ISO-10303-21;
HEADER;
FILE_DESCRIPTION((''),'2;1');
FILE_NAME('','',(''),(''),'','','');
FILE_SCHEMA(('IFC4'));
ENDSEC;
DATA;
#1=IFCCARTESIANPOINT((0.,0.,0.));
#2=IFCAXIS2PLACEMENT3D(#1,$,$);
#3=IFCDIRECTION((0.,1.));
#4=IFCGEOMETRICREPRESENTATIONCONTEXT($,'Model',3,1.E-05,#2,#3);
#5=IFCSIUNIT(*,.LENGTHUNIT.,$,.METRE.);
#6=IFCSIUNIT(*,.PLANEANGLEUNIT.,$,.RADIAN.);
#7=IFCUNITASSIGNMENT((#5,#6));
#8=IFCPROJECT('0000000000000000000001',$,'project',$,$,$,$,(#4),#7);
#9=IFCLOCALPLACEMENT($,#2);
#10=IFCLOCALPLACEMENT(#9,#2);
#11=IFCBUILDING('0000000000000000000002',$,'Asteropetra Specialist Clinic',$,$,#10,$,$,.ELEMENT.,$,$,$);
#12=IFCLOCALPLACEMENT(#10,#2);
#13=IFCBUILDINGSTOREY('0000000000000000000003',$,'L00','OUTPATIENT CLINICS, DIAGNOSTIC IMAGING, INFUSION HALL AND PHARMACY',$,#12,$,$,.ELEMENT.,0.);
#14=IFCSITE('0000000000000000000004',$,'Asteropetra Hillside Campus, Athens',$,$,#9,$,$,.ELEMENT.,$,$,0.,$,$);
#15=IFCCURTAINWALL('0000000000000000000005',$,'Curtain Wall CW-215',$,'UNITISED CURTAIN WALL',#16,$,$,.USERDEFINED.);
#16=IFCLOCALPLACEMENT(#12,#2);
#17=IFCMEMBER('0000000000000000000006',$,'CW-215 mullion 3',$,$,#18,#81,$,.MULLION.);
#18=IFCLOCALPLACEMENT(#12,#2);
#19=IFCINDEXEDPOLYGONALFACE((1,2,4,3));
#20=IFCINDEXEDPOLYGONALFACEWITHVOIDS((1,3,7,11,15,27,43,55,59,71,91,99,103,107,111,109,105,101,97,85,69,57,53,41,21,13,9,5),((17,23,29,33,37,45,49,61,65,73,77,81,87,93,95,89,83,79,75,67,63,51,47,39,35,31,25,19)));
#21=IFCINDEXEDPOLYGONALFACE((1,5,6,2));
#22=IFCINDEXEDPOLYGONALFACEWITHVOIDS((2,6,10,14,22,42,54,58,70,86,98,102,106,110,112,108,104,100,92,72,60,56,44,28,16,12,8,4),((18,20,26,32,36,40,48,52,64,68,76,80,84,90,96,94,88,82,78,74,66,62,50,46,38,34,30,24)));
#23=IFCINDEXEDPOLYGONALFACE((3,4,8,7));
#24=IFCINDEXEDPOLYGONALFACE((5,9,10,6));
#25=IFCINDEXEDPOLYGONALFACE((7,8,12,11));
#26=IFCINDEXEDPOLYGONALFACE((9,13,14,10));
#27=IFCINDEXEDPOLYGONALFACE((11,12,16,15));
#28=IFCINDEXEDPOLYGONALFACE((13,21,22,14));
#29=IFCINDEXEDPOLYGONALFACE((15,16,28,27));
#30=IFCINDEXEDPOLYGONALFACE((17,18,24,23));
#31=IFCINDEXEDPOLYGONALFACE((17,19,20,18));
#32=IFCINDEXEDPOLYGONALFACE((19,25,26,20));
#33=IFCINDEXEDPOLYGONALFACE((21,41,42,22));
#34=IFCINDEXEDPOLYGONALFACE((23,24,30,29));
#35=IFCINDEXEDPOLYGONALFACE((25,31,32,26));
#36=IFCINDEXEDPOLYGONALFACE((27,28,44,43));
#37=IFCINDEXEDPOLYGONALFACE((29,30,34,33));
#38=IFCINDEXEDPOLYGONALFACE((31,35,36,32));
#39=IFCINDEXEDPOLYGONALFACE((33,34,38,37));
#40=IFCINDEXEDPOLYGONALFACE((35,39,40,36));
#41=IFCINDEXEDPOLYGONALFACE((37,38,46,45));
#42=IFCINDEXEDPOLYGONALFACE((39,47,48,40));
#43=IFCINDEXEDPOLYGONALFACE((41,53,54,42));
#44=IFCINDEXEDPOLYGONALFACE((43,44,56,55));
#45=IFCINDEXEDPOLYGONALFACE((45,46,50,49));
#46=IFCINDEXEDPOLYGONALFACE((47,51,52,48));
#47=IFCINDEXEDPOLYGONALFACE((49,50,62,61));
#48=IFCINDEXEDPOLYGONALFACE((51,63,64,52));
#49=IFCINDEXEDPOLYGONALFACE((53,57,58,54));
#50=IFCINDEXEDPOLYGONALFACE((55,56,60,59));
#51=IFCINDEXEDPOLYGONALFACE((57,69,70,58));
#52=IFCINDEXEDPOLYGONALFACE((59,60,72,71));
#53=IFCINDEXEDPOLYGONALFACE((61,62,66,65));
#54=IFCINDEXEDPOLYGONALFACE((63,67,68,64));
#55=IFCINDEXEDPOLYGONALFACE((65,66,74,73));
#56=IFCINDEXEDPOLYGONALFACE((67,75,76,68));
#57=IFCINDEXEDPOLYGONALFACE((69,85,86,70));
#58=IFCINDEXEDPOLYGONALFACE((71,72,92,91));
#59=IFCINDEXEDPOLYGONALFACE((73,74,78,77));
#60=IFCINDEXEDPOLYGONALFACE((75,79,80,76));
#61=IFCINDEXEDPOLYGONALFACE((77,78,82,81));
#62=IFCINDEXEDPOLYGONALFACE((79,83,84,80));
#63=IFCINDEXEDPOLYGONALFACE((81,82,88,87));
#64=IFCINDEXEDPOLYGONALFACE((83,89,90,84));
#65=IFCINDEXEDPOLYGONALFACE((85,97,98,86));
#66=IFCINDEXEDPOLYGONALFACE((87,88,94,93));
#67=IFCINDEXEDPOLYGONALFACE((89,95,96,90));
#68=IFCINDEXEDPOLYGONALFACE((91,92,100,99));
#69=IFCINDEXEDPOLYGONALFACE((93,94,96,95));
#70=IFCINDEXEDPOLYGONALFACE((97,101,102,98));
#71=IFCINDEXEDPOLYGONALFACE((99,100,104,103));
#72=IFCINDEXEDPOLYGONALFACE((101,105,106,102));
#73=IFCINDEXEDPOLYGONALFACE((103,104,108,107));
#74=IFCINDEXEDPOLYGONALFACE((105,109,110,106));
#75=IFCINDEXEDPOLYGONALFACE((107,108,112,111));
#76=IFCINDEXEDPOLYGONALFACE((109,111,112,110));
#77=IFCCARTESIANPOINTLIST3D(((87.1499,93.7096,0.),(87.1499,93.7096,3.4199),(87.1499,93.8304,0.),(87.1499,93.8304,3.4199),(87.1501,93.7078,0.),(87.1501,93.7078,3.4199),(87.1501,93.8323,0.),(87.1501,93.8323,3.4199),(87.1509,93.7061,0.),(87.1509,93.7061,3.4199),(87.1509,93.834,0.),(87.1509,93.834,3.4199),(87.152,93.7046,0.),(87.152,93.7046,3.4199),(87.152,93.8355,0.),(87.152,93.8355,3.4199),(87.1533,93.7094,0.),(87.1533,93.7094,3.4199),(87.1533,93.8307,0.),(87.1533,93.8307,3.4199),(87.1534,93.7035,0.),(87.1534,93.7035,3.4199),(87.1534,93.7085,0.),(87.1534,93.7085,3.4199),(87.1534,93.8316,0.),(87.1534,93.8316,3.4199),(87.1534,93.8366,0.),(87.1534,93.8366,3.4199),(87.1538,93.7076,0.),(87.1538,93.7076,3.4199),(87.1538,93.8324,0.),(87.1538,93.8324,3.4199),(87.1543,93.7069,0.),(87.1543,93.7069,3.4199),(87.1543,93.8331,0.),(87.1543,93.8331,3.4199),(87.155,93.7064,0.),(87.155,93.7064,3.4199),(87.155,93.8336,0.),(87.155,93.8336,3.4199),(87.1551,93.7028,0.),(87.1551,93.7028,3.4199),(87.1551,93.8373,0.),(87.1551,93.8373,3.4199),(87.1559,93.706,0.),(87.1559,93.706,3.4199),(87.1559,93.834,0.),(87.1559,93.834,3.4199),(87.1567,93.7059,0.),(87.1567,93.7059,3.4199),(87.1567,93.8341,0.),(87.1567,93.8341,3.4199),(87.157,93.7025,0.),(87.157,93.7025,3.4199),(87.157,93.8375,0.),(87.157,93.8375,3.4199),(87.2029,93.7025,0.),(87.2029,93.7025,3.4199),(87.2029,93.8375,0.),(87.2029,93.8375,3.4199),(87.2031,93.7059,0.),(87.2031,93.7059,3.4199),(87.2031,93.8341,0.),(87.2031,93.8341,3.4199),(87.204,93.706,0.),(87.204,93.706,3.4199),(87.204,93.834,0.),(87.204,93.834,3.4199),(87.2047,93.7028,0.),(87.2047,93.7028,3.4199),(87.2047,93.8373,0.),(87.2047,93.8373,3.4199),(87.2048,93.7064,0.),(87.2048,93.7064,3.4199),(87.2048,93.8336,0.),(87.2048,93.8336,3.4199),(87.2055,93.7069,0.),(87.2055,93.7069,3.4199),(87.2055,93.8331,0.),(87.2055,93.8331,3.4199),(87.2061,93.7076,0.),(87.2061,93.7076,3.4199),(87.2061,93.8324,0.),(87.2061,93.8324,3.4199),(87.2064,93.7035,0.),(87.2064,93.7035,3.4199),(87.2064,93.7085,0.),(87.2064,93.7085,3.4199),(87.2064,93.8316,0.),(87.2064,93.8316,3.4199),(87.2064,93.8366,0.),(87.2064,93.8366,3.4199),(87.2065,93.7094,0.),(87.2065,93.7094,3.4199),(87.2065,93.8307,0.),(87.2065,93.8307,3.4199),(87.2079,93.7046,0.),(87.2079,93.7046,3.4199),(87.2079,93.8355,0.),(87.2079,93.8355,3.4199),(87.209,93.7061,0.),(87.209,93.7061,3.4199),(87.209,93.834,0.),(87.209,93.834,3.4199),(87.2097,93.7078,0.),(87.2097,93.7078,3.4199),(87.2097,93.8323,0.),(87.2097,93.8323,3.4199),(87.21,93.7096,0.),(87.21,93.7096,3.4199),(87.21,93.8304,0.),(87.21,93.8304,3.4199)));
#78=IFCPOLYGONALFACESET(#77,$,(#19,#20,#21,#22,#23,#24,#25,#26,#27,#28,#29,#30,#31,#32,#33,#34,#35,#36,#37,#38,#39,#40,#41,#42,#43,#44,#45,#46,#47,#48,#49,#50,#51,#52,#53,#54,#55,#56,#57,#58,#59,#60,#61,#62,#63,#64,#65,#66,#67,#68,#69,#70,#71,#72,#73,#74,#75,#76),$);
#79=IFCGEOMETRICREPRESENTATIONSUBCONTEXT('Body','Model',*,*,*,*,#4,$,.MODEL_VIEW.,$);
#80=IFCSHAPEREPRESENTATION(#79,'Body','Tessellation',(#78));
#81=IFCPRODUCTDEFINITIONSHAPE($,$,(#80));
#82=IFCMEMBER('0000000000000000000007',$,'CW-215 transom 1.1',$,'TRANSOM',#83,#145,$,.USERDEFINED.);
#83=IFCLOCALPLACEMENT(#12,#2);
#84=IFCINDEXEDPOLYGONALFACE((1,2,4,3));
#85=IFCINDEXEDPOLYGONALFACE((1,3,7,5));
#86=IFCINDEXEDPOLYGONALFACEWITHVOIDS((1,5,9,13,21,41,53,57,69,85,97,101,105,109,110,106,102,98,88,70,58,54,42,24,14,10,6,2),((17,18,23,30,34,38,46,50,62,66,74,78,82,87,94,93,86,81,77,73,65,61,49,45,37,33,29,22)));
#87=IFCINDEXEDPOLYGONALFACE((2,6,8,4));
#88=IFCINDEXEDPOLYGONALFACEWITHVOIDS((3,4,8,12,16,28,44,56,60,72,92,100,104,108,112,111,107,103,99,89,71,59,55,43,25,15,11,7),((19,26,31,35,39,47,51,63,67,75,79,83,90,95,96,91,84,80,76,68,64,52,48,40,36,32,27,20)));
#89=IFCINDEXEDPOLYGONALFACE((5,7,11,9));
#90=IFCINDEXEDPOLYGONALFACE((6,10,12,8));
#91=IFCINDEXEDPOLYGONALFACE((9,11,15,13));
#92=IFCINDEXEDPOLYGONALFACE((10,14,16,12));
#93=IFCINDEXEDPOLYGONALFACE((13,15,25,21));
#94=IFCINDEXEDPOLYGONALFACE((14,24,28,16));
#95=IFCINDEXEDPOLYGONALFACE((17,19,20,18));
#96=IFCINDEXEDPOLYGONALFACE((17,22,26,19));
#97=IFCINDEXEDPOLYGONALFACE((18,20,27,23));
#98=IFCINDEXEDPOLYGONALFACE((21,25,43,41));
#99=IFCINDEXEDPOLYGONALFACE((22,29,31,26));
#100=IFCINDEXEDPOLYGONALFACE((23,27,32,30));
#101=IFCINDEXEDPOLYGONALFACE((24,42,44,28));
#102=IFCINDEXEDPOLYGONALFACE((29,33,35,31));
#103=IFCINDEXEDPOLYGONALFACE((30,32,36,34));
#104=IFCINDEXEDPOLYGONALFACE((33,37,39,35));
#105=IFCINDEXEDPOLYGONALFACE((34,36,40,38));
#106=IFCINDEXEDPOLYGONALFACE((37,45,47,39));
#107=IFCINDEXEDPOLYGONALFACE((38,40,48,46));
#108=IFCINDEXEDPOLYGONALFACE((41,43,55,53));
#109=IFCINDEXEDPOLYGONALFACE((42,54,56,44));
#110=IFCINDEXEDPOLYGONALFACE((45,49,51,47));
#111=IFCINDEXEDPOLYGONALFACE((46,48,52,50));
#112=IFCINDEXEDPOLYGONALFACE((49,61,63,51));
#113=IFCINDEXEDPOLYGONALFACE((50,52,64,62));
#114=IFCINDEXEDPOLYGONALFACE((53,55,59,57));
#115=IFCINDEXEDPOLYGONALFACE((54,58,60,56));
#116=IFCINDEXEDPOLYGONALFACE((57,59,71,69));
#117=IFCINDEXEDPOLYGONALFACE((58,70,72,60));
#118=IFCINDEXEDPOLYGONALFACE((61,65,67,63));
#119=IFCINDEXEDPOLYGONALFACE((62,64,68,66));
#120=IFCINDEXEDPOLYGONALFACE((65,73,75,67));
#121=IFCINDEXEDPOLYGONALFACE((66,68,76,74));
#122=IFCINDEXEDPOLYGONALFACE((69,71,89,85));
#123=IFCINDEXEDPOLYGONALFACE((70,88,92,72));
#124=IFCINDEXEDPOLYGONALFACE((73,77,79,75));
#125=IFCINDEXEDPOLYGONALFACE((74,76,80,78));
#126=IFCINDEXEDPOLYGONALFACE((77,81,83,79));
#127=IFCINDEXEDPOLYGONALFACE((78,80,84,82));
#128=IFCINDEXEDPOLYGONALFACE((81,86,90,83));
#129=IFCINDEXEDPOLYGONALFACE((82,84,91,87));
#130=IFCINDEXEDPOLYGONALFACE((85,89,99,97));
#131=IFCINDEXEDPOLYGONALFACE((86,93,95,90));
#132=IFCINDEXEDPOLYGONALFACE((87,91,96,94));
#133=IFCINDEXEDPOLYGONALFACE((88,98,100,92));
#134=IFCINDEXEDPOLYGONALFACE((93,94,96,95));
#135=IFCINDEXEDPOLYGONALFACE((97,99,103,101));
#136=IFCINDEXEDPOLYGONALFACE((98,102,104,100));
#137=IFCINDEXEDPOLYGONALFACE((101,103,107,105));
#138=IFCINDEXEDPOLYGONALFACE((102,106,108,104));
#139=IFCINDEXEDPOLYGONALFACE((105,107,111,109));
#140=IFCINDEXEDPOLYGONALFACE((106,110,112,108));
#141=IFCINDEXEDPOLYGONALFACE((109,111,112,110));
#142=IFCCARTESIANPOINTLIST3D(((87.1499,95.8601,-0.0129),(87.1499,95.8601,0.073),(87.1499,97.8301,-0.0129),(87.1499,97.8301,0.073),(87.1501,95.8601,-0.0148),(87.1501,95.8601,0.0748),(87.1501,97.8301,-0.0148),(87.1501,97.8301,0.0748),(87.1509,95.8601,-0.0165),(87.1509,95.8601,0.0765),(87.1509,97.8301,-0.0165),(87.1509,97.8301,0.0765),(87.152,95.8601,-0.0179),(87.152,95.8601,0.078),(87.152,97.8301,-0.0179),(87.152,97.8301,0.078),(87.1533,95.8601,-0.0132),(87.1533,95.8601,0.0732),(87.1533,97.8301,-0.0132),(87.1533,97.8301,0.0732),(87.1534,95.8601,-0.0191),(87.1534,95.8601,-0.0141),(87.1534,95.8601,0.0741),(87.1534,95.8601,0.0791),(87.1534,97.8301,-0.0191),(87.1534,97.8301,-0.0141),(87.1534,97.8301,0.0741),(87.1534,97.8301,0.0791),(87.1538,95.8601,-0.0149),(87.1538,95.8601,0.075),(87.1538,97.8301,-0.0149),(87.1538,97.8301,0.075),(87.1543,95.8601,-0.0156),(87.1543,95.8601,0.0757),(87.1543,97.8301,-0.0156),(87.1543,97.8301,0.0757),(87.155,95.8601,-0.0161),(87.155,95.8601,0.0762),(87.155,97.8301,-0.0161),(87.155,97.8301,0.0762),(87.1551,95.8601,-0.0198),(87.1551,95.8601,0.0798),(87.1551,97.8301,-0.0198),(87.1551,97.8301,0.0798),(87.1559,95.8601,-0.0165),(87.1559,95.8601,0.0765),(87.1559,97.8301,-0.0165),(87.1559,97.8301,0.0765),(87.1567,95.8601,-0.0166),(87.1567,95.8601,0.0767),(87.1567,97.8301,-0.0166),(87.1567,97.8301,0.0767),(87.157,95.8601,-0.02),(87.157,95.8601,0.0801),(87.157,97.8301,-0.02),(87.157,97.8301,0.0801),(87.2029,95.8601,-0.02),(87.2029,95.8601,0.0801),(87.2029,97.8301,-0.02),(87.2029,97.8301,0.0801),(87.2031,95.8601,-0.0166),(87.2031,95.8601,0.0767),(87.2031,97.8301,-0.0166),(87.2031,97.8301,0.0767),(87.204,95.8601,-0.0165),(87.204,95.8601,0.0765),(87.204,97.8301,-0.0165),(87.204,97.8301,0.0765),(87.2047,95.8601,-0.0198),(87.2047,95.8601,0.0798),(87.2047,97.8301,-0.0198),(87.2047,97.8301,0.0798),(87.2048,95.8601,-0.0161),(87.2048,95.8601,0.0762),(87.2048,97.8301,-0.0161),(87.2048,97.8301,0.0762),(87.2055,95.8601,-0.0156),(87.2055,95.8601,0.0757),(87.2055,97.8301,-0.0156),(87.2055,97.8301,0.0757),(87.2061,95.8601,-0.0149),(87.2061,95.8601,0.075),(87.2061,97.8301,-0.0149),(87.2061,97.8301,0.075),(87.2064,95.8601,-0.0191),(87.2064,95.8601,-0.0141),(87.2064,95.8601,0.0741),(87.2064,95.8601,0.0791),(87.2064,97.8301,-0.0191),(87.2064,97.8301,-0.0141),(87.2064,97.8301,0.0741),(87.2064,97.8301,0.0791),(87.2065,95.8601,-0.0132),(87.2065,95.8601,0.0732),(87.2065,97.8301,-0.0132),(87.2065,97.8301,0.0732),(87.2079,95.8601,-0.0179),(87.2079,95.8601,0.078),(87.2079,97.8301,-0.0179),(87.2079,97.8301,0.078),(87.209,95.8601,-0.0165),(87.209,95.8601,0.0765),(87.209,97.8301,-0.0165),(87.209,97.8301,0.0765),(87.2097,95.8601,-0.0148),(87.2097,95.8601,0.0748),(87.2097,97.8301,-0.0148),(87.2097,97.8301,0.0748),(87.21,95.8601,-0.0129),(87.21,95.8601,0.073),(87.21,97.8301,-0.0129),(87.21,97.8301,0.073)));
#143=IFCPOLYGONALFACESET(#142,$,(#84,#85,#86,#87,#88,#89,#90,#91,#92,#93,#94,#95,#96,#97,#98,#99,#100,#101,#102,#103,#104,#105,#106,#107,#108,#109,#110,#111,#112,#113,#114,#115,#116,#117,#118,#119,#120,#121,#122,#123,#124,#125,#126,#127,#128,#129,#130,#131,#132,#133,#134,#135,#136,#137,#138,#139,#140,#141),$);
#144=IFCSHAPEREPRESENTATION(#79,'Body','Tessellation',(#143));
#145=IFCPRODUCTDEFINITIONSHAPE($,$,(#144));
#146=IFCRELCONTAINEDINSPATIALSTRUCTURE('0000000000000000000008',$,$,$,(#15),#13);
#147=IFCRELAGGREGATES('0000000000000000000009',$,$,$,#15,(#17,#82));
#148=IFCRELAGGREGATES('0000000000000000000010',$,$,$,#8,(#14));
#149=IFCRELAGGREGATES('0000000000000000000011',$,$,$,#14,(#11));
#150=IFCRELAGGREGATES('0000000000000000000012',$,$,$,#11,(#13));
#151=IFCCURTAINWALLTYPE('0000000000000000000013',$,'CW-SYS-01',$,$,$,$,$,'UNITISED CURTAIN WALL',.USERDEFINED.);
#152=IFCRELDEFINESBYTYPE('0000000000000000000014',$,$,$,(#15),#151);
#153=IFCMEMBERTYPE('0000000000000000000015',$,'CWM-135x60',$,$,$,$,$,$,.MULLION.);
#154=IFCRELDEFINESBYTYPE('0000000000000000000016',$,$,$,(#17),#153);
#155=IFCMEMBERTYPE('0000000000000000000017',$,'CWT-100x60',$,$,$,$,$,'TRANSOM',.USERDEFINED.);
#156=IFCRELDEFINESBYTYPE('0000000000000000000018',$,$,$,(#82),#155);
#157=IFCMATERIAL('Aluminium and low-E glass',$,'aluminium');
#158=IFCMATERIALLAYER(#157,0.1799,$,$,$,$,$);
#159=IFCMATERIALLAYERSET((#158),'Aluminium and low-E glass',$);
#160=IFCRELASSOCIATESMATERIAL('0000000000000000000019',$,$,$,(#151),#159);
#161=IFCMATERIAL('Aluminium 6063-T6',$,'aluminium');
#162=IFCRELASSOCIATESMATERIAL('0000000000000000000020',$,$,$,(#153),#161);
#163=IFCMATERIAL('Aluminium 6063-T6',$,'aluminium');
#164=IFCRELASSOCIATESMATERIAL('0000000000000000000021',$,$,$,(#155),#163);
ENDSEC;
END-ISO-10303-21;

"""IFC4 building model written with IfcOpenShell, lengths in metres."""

from ifc_helpers import new_model, si_unit, direction, frame, origin, origin_2d, place, context, subcontext, project, spatial, hollow_rectangle, extrude, material, layer, layer_set, material_profile, profile_set, type_object, element, aggregate, save


model = new_model("IFC4")

# Units and contexts
model_context = context("Model", 3, precision=1e-05, world=origin(), true_north=direction((0.0, 1.0)))
body_context = subcontext(model_context, "Body", "Model", "MODEL_VIEW")
ifc_project = project(units=[si_unit("LENGTHUNIT", "METRE"), si_unit("PLANEANGLEUNIT", "RADIAN")], contexts=[model_context])

# Site, building, storey
site_placement = place(None, origin())
site = spatial("IfcSite", under=ifc_project, at=site_placement, Name="Asteropetra Hillside Campus, Athens", CompositionType="ELEMENT", RefElevation=0.0)
building_placement = place(site_placement, origin())
building = spatial("IfcBuilding", under=site, at=building_placement, Name="Asteropetra Specialist Clinic", CompositionType="ELEMENT")
storey_placement = place(building_placement, origin())
storey = spatial("IfcBuildingStorey", under=building, at=storey_placement, Name="L00", Description="OUTPATIENT CLINICS, DIAGNOSTIC IMAGING, INFUSION HALL AND PHARMACY", CompositionType="ELEMENT", Elevation=0.0)

# Curtain wall, members
ifc_material_1 = material(Name="Aluminium and low-E glass", Category="aluminium")
ifc_layer_1 = layer(ifc_material_1, 0.1799)
ifc_layer_set_1 = layer_set([ifc_layer_1], Name="Aluminium and low-E glass")
curtain_wall_type = type_object("IfcCurtainWallType", Name="CW-SYS-01", ElementType="UNITISED CURTAIN WALL", PredefinedType="USERDEFINED", material=ifc_layer_set_1)
curtain_wall_placement = place(storey_placement, origin())
curtain_wall = element("IfcCurtainWall", 1, at=curtain_wall_placement, inside=storey, type_object=curtain_wall_type, Name="Curtain Wall CW-215", ObjectType="UNITISED CURTAIN WALL", PredefinedType="USERDEFINED")
ifc_material_2 = material(Name="Aluminium 6063-T6", Category="aluminium")
ifc_material_profile_1 = material_profile(ifc_material_2, hollow_rectangle(XDim=0.0601, YDim=0.135, WallThickness=0.0034, InnerFilletRadius=0.0034, OuterFilletRadius=0.0071, at=origin_2d()), Name="MUL 135x60x3.5")
ifc_profile_set_1 = profile_set([ifc_material_profile_1], Name="Aluminium 6063-T6")
member_type_1 = type_object("IfcMemberType", Name="CWM-135x60", PredefinedType="MULLION", material=ifc_profile_set_1)
member_1_placement = place(storey_placement, frame((87.1799, 93.77, 0.0), z_axis=(0.0, 0.0, 1.0), x_axis=(1.0, 0.0, 0.0)))
member_1 = element("IfcMember", 2, at=member_1_placement, type_object=member_type_1, Name="CW-215 mullion 3", PredefinedType="MULLION", context=body_context, shape_type="SweptSolid", body=[
    extrude(hollow_rectangle(XDim=0.0601, YDim=0.135, WallThickness=0.0034, InnerFilletRadius=0.0034, OuterFilletRadius=0.0071, at=origin_2d()), origin(), (0.0, 0.0, 1.0), 3.4199),
])
ifc_material_3 = material(Name="Aluminium 6063-T6", Category="aluminium")
ifc_material_profile_2 = material_profile(ifc_material_3, hollow_rectangle(XDim=0.0601, YDim=0.1001, WallThickness=0.0034, InnerFilletRadius=0.0034, OuterFilletRadius=0.0071, at=origin_2d()), Name="TRN 100x60x3.5")
ifc_profile_set_2 = profile_set([ifc_material_profile_2], Name="Aluminium 6063-T6")
member_type_2 = type_object("IfcMemberType", Name="CWT-100x60", ElementType="TRANSOM", PredefinedType="USERDEFINED", material=ifc_profile_set_2)
member_2_placement = place(storey_placement, frame((87.1799, 97.8301, 0.03), z_axis=(0.0, -1.0, 0.0), x_axis=(1.0, 0.0, 0.0)))
member_2 = element("IfcMember", 3, at=member_2_placement, type_object=member_type_2, Name="CW-215 transom 1.1", ObjectType="TRANSOM", PredefinedType="USERDEFINED", context=body_context, shape_type="SweptSolid", body=[
    extrude(hollow_rectangle(XDim=0.0601, YDim=0.1001, WallThickness=0.0034, InnerFilletRadius=0.0034, OuterFilletRadius=0.0071, at=origin_2d()), origin(), (0.0, 0.0, 1.0), 1.97),
])
aggregate(curtain_wall, [member_1, member_2])

save(model, "model.ifc")
